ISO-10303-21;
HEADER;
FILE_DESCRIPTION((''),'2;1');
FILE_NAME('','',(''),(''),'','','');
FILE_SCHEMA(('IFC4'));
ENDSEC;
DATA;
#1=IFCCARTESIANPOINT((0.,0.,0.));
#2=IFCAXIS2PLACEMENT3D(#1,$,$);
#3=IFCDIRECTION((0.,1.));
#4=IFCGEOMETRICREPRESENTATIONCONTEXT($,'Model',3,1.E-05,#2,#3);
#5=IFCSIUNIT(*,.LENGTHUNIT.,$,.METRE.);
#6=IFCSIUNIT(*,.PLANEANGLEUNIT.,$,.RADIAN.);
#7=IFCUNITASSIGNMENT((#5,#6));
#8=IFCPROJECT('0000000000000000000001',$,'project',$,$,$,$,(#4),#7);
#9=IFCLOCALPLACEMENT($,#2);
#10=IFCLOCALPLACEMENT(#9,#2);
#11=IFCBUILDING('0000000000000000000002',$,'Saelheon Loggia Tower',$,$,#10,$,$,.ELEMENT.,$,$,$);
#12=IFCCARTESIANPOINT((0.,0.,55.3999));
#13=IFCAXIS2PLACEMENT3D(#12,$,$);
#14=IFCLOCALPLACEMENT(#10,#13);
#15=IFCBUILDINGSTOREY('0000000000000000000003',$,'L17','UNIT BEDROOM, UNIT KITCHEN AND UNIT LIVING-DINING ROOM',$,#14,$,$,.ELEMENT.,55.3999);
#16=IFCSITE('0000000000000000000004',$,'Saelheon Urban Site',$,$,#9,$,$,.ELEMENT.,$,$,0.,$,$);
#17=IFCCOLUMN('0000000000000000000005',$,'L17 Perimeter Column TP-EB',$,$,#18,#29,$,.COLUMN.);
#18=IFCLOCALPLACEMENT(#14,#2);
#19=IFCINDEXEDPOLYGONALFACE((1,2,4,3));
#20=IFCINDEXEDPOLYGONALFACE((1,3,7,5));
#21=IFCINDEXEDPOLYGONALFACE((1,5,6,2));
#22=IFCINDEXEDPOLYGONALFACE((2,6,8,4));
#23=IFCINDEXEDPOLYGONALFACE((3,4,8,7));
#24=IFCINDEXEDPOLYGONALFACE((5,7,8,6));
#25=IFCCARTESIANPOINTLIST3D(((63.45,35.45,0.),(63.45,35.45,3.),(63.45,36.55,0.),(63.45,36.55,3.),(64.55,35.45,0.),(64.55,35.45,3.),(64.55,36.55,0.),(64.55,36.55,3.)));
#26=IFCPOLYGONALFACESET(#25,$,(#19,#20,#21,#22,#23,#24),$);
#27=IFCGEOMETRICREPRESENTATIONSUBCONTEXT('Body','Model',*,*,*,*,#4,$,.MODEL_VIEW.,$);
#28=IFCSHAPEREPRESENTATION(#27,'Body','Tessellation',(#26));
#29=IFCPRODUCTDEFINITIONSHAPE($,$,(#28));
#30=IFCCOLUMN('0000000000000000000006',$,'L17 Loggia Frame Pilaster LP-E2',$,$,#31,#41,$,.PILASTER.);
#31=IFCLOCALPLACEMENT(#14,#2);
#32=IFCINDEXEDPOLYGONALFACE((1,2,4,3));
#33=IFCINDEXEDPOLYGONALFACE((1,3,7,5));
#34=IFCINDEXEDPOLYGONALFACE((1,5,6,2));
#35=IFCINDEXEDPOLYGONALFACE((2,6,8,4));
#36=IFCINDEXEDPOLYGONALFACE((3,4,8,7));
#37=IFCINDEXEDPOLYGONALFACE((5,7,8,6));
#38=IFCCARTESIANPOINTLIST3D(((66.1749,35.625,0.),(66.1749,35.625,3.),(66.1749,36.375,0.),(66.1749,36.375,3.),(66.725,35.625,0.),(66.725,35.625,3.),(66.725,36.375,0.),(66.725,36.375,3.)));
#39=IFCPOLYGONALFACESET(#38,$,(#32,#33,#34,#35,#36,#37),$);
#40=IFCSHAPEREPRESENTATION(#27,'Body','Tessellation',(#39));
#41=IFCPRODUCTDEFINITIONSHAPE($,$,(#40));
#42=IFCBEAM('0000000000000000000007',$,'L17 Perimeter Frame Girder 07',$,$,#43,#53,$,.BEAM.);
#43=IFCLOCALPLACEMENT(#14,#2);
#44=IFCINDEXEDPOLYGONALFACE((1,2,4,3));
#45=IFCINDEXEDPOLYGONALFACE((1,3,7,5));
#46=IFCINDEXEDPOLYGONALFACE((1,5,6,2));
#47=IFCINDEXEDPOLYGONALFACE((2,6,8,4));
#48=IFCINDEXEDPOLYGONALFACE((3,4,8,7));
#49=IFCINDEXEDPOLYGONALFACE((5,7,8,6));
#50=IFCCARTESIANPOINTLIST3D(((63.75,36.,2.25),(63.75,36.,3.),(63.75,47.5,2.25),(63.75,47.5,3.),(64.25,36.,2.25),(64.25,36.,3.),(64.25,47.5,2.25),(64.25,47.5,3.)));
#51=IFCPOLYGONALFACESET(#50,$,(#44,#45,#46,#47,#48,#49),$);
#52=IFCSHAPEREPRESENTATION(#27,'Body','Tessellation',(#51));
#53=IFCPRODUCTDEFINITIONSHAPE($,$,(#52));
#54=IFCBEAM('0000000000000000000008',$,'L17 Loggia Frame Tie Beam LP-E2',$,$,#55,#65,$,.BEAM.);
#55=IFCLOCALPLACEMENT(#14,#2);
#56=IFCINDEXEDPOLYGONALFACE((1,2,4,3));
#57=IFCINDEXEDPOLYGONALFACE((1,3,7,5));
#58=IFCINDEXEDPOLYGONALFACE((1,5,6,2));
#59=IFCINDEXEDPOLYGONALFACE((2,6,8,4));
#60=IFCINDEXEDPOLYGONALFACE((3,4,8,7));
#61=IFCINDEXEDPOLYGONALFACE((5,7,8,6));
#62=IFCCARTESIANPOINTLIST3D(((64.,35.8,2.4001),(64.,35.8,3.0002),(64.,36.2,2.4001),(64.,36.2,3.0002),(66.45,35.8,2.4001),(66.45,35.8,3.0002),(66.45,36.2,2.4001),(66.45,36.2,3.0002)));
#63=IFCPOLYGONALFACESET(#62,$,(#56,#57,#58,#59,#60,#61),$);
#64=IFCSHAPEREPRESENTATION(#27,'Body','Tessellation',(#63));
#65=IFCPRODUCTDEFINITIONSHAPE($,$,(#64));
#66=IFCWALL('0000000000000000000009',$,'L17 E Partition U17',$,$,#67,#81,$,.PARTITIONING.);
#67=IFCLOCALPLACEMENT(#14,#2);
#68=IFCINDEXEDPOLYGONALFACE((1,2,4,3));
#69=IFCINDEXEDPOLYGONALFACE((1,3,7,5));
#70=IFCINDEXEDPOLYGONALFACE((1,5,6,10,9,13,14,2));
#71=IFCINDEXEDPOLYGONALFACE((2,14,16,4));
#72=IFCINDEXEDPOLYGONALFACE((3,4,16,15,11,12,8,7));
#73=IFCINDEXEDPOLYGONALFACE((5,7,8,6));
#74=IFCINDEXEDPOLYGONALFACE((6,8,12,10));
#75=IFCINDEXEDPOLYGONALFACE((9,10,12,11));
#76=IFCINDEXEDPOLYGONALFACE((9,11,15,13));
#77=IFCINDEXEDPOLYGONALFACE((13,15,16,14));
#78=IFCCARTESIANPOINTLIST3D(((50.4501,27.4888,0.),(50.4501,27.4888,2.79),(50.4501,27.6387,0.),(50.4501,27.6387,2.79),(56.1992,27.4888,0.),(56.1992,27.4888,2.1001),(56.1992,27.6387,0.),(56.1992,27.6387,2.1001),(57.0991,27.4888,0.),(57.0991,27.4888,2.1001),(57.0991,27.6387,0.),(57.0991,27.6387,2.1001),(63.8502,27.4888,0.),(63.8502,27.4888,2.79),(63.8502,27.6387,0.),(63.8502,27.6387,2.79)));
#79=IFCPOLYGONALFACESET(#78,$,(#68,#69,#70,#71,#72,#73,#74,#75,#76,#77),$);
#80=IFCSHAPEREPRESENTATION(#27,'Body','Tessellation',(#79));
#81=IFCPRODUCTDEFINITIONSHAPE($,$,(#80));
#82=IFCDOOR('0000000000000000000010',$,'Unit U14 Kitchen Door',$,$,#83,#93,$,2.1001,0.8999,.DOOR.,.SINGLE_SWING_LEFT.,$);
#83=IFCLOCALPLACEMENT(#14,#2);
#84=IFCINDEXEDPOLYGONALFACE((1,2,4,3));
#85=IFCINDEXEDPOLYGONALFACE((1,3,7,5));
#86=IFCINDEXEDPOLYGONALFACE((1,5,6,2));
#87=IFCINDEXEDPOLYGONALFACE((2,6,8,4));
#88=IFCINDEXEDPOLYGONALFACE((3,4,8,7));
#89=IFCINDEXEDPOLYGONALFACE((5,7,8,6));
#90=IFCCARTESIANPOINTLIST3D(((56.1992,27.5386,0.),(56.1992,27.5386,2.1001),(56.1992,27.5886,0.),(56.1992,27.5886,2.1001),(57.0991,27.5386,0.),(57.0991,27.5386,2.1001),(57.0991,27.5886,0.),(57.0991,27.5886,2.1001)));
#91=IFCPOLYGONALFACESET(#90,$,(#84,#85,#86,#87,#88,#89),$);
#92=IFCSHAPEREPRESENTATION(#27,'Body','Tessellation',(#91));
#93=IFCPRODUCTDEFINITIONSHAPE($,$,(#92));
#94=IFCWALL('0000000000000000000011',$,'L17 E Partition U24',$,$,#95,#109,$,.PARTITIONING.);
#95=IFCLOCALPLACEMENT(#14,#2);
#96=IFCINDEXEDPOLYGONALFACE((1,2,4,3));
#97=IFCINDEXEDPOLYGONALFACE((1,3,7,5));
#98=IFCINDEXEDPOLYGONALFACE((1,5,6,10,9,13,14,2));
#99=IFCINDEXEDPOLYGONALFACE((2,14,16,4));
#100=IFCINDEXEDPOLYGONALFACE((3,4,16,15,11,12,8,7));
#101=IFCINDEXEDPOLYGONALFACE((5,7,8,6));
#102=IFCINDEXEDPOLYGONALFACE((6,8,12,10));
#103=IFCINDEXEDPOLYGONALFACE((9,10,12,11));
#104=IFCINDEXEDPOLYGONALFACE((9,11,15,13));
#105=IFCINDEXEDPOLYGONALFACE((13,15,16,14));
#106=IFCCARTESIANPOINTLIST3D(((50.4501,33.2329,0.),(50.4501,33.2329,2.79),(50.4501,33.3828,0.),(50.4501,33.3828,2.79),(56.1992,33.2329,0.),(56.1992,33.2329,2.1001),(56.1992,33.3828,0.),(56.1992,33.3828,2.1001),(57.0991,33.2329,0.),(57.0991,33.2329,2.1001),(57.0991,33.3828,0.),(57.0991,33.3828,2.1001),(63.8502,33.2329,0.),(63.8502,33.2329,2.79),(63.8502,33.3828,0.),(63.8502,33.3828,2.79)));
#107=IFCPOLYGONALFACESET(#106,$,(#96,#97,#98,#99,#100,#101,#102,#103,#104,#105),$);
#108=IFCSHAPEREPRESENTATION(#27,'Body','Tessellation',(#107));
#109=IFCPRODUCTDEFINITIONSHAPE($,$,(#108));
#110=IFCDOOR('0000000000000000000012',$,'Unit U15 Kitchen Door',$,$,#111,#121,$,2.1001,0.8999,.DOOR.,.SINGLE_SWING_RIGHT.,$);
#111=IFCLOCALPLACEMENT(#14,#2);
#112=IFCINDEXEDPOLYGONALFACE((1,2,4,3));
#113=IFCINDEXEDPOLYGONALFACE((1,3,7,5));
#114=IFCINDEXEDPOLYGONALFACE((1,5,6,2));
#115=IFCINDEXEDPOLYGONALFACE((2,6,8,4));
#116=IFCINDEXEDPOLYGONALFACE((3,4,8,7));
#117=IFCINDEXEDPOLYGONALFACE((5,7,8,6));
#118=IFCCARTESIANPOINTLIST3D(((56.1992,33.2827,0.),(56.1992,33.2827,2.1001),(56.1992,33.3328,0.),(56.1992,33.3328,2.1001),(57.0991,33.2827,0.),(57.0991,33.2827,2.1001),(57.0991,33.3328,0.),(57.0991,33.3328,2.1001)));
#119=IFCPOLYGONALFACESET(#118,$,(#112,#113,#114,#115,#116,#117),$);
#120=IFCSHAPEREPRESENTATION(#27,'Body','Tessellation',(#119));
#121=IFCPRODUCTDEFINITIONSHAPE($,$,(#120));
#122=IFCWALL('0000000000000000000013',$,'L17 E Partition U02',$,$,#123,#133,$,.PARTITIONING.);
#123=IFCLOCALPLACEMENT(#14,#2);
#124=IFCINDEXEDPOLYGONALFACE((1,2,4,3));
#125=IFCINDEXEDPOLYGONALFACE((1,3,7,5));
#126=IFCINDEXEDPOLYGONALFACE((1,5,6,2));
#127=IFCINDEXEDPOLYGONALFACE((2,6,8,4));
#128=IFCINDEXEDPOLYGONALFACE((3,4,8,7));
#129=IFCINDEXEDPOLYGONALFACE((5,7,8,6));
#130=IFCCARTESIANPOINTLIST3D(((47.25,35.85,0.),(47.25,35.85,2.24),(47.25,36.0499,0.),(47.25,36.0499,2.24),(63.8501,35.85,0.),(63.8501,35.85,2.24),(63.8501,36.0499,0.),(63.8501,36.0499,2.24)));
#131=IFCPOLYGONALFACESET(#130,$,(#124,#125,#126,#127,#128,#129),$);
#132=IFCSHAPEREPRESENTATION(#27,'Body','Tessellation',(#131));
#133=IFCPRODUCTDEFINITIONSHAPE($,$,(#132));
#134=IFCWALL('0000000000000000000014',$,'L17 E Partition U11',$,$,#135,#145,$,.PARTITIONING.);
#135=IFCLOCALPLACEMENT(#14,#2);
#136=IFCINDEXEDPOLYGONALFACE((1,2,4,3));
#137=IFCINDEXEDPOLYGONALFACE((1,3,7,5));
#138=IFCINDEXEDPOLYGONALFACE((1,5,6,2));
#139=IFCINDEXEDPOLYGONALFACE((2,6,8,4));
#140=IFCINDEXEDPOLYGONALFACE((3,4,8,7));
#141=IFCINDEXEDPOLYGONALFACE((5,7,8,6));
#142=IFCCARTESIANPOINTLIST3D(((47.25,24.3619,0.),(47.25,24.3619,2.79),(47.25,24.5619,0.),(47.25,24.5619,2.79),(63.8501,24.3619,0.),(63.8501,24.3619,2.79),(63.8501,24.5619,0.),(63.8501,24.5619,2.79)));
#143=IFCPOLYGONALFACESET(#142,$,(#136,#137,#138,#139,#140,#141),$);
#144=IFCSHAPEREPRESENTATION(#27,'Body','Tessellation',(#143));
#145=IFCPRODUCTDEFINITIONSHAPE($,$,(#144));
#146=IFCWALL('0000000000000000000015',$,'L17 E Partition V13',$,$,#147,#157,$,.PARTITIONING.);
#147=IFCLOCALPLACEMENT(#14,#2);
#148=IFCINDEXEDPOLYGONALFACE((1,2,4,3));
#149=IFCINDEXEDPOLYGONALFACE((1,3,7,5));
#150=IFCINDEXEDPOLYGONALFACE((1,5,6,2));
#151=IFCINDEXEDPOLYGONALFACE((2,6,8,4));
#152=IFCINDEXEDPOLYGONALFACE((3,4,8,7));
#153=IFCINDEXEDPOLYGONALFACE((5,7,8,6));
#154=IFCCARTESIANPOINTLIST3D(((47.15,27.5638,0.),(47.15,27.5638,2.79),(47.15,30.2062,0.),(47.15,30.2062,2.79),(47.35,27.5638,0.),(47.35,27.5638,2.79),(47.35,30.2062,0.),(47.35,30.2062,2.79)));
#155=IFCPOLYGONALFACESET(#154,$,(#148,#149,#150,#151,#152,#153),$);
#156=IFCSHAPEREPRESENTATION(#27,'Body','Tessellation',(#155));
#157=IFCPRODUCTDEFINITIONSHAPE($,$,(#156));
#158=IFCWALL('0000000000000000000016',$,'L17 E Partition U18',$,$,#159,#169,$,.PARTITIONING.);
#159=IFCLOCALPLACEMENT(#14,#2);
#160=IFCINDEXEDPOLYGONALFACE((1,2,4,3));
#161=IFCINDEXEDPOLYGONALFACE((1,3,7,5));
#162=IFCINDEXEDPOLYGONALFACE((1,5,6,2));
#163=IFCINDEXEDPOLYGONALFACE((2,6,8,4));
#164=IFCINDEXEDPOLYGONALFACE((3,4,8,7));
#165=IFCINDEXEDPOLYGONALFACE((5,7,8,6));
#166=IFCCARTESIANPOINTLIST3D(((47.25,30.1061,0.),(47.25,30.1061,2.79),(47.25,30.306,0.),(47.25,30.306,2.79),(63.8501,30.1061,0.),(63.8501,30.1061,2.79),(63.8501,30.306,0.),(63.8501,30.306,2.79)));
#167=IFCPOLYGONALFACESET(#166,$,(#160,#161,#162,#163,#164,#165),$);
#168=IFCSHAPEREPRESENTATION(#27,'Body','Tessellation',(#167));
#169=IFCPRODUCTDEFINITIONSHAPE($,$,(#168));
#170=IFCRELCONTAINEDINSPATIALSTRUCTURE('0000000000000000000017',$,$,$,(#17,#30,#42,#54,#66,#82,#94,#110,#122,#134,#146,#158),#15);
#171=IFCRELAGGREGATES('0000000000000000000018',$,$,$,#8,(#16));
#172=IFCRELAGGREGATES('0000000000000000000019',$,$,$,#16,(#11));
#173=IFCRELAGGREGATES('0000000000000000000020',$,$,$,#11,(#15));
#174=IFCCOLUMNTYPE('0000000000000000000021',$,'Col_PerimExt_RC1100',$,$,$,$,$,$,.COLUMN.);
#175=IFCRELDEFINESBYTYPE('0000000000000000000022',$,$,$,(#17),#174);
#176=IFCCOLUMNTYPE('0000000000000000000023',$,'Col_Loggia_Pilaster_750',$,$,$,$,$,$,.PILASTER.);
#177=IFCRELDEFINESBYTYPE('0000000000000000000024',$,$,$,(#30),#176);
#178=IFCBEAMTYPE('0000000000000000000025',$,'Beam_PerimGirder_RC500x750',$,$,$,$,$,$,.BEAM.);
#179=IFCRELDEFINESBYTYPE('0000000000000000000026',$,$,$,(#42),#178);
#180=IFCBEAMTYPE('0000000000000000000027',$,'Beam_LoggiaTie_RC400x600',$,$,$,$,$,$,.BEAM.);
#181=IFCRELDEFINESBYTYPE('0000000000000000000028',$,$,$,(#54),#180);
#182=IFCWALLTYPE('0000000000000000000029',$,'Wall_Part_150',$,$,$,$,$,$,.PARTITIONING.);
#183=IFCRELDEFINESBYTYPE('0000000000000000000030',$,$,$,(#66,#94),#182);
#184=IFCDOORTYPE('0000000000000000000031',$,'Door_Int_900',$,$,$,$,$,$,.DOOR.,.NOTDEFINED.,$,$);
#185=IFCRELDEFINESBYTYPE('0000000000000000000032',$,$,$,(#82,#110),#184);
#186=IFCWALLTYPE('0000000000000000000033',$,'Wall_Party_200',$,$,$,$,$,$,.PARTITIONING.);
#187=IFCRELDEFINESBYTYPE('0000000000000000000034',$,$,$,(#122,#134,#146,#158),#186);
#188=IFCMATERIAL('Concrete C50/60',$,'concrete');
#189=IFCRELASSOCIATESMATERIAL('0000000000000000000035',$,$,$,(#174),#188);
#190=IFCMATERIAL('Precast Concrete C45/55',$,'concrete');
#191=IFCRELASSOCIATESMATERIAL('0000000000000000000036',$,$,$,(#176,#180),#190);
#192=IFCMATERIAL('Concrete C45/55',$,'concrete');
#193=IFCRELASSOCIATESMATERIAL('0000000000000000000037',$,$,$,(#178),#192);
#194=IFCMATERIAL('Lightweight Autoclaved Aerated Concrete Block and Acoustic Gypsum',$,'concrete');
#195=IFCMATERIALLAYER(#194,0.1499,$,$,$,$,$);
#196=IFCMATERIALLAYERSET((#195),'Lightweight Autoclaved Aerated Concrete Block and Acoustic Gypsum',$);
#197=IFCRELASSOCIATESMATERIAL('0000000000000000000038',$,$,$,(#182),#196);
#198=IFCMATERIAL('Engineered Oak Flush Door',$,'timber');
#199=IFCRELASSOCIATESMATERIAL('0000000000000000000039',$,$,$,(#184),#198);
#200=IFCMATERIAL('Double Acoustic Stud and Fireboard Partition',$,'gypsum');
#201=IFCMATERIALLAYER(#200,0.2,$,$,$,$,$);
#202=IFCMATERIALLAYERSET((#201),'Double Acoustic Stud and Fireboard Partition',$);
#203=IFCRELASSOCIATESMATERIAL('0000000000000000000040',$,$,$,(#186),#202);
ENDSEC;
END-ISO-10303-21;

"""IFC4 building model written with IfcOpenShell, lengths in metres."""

from ifc_helpers import new_model, si_unit, direction, frame, frame_2d, origin, origin_2d, place, context, subcontext, project, spatial, rectangle, extrude, source, transform, mapped, material, layer, layer_set, material_profile, profile_set, type_object, element, fill, save


model = new_model("IFC4")

# Units and contexts
model_context = context("Model", 3, precision=1e-05, world=origin(), true_north=direction((0.0, 1.0)))
body_context = subcontext(model_context, "Body", "Model", "MODEL_VIEW")
ifc_project = project(units=[si_unit("LENGTHUNIT", "METRE"), si_unit("PLANEANGLEUNIT", "RADIAN")], contexts=[model_context])

# Site, building, storey
site_placement = place(None, origin())
site = spatial("IfcSite", under=ifc_project, at=site_placement, Name="Saelheon Urban Site", CompositionType="ELEMENT", RefElevation=0.0)
building_placement = place(site_placement, origin())
building = spatial("IfcBuilding", under=site, at=building_placement, Name="Saelheon Loggia Tower", CompositionType="ELEMENT")
storey_placement = place(building_placement, frame((0.0, 0.0, 55.3999)))
storey = spatial("IfcBuildingStorey", under=building, at=storey_placement, Name="L17", Description="UNIT BEDROOM, UNIT KITCHEN AND UNIT LIVING-DINING ROOM", CompositionType="ELEMENT", Elevation=55.3999)

# Columns
ifc_material_1 = material(Name="Concrete C50/60", Category="concrete")
ifc_material_profile_1 = material_profile(ifc_material_1, rectangle(XDim=1.1001, YDim=1.1001, at=origin_2d()), Name="RC-1100x1100")
ifc_profile_set_1 = profile_set([ifc_material_profile_1], Name="Concrete C50/60")
column_type_1 = type_object("IfcColumnType", Name="Col_PerimExt_RC1100", PredefinedType="COLUMN", material=ifc_profile_set_1)
shared_shape_1 = source(origin(), body_context, "Body", "SweptSolid", [
    extrude(rectangle(XDim=1.1001, YDim=1.1001, at=origin_2d()), origin(), (0.0, 0.0, 1.0), 3.0),
])
column_1_placement = place(storey_placement, frame((64.0, 36.0, 0.0), z_axis=(0.0, 0.0, 1.0), x_axis=(1.0, 0.0, 0.0)))
element("IfcColumn", 1, at=column_1_placement, inside=storey, type_object=column_type_1, Name="L17 Perimeter Column TP-EB", PredefinedType="COLUMN", context=body_context, shape_type="MappedRepresentation", body=[
    mapped(shared_shape_1, transform((0.0, 0.0, 0.0), scale=1.0)),
])
ifc_material_2 = material(Name="Precast Concrete C45/55", Category="concrete")
ifc_material_profile_2 = material_profile(ifc_material_2, rectangle(XDim=0.55, YDim=0.75, at=origin_2d()), Name="RC-550x750")
ifc_profile_set_2 = profile_set([ifc_material_profile_2], Name="Precast Concrete C45/55")
column_type_2 = type_object("IfcColumnType", Name="Col_Loggia_Pilaster_750", PredefinedType="PILASTER", material=ifc_profile_set_2)
shared_shape_2 = source(origin(), body_context, "Body", "SweptSolid", [
    extrude(rectangle(XDim=0.55, YDim=0.75, at=origin_2d()), origin(), (0.0, 0.0, 1.0), 3.0),
])
column_2_placement = place(storey_placement, frame((66.45, 36.0, 0.0), z_axis=(0.0, 0.0, 1.0), x_axis=(1.0, 0.0, 0.0)))
element("IfcColumn", 2, at=column_2_placement, inside=storey, type_object=column_type_2, Name="L17 Loggia Frame Pilaster LP-E2", PredefinedType="PILASTER", context=body_context, shape_type="MappedRepresentation", body=[
    mapped(shared_shape_2, transform((0.0, 0.0, 0.0), scale=1.0)),
])

# Beams
ifc_material_3 = material(Name="Concrete C45/55", Category="concrete")
ifc_material_profile_3 = material_profile(ifc_material_3, rectangle(XDim=0.5, YDim=0.75, at=origin_2d()), Name="RC-500x750")
ifc_profile_set_3 = profile_set([ifc_material_profile_3], Name="Concrete C45/55")
beam_type_1 = type_object("IfcBeamType", Name="Beam_PerimGirder_RC500x750", PredefinedType="BEAM", material=ifc_profile_set_3)
shared_shape_3 = source(origin(), body_context, "Body", "SweptSolid", [
    extrude(rectangle(XDim=0.5, YDim=0.75, at=origin_2d()), origin(), (0.0, 0.0, 1.0), 11.5),
])
beam_1_placement = place(storey_placement, frame((64.0, 36.0, 2.625), z_axis=(0.0, 1.0, 0.0), x_axis=(-1.0, 0.0, 0.0)))
element("IfcBeam", 3, at=beam_1_placement, inside=storey, type_object=beam_type_1, Name="L17 Perimeter Frame Girder 07", PredefinedType="BEAM", context=body_context, shape_type="MappedRepresentation", body=[
    mapped(shared_shape_3, transform((0.0, 0.0, 0.0), scale=1.0)),
])
ifc_material_profile_4 = material_profile(ifc_material_2, rectangle(XDim=0.3999, YDim=0.6001, at=origin_2d()), Name="RC-400x600")
ifc_profile_set_4 = profile_set([ifc_material_profile_4], Name="Precast Concrete C45/55")
beam_type_2 = type_object("IfcBeamType", Name="Beam_LoggiaTie_RC400x600", PredefinedType="BEAM", material=ifc_profile_set_4)
shared_shape_4 = source(origin(), body_context, "Body", "SweptSolid", [
    extrude(rectangle(XDim=0.3999, YDim=0.6001, at=origin_2d()), origin(), (0.0, 0.0, 1.0), 2.45),
])
beam_2_placement = place(storey_placement, frame((64.0, 36.0, 2.7002), z_axis=(1.0, 0.0, 0.0), x_axis=(0.0, 1.0, 0.0)))
element("IfcBeam", 4, at=beam_2_placement, inside=storey, type_object=beam_type_2, Name="L17 Loggia Frame Tie Beam LP-E2", PredefinedType="BEAM", context=body_context, shape_type="MappedRepresentation", body=[
    mapped(shared_shape_4, transform((0.0, 0.0, 0.0), scale=1.0)),
])

# Walls, openings, doors
ifc_material_4 = material(Name="Lightweight Autoclaved Aerated Concrete Block and Acoustic Gypsum", Category="concrete")
ifc_layer_1 = layer(ifc_material_4, 0.1499)
ifc_layer_set_1 = layer_set([ifc_layer_1], Name="Lightweight Autoclaved Aerated Concrete Block and Acoustic Gypsum")
wall_type_1 = type_object("IfcWallType", Name="Wall_Part_150", PredefinedType="PARTITIONING", material=ifc_layer_set_1)
wall_1_placement = place(storey_placement, frame((50.45, 27.5637, 0.0), z_axis=(0.0, 0.0, 1.0), x_axis=(1.0, 0.0, 0.0)))
wall_1 = element("IfcWall", 5, at=wall_1_placement, inside=storey, type_object=wall_type_1, Name="L17 E Partition U17", PredefinedType="PARTITIONING", context=body_context, shape_type="SweptSolid", body=[
    extrude(rectangle(XDim=13.4001, YDim=0.1499, at=frame_2d((6.7002, 0.0))), origin(), (0.0, 0.0, 1.0), 2.79),
])
opening_1_placement = place(wall_1_placement, frame((5.7493, 0.0, 0.0)))
opening_1 = element("IfcOpeningElement", 6, at=opening_1_placement, cuts=wall_1, PredefinedType="OPENING", context=body_context, shape_type="SweptSolid", body=[
    extrude(rectangle(XDim=0.8999, YDim=2.1001, at=frame_2d((0.45, 1.05))), frame((0.0, 0.0869, 0.0), z_axis=(0.0, -1.0, 0.0), x_axis=(1.0, 0.0, 0.0)), (0.0, 0.0, 1.0), 0.1738),
])
ifc_material_5 = material(Name="Engineered Oak Flush Door", Category="timber")
door_type_1 = type_object("IfcDoorType", Name="Door_Int_900", OperationType="NOTDEFINED", PredefinedType="DOOR", material=ifc_material_5)
shared_shape_5 = source(origin(), body_context, "Body", "SweptSolid", [
    extrude(rectangle(XDim=0.8999, YDim=2.1001, at=frame_2d((0.45, 1.05))), frame((0.0, 0.0249, 0.0), z_axis=(0.0, -1.0, 0.0), x_axis=(1.0, 0.0, 0.0)), (0.0, 0.0, 1.0), 0.05),
])
door_1_placement = place(opening_1_placement, origin())
door_1 = element("IfcDoor", 7, at=door_1_placement, inside=storey, type_object=door_type_1, Name="Unit U14 Kitchen Door", OperationType="SINGLE_SWING_LEFT", OverallHeight=2.1001, OverallWidth=0.8999, PredefinedType="DOOR", context=body_context, shape_type="MappedRepresentation", body=[
    mapped(shared_shape_5, transform((0.0, 0.0, 0.0), scale=1.0)),
])
fill(opening_1, door_1)
wall_2_placement = place(storey_placement, frame((50.45, 33.3079, 0.0), z_axis=(0.0, 0.0, 1.0), x_axis=(1.0, 0.0, 0.0)))
wall_2 = element("IfcWall", 8, at=wall_2_placement, inside=storey, type_object=wall_type_1, Name="L17 E Partition U24", PredefinedType="PARTITIONING", context=body_context, shape_type="SweptSolid", body=[
    extrude(rectangle(XDim=13.4001, YDim=0.1499, at=frame_2d((6.7002, 0.0))), origin(), (0.0, 0.0, 1.0), 2.79),
])
opening_2_placement = place(wall_2_placement, frame((5.7493, 0.0, 0.0)))
opening_2 = element("IfcOpeningElement", 9, at=opening_2_placement, cuts=wall_2, PredefinedType="OPENING", context=body_context, shape_type="SweptSolid", body=[
    extrude(rectangle(XDim=0.8999, YDim=2.1001, at=frame_2d((0.45, 1.05))), frame((0.0, 0.0869, 0.0), z_axis=(0.0, -1.0, 0.0), x_axis=(1.0, 0.0, 0.0)), (0.0, 0.0, 1.0), 0.1738),
])
door_2_placement = place(opening_2_placement, origin())
door_2 = element("IfcDoor", 10, at=door_2_placement, inside=storey, type_object=door_type_1, Name="Unit U15 Kitchen Door", OperationType="SINGLE_SWING_RIGHT", OverallHeight=2.1001, OverallWidth=0.8999, PredefinedType="DOOR", context=body_context, shape_type="MappedRepresentation", body=[
    mapped(shared_shape_5, transform((0.0, 0.0, 0.0), scale=1.0)),
])
fill(opening_2, door_2)

# Walls
ifc_material_6 = material(Name="Double Acoustic Stud and Fireboard Partition", Category="gypsum")
ifc_layer_2 = layer(ifc_material_6, 0.2)
ifc_layer_set_2 = layer_set([ifc_layer_2], Name="Double Acoustic Stud and Fireboard Partition")
wall_type_2 = type_object("IfcWallType", Name="Wall_Party_200", PredefinedType="PARTITIONING", material=ifc_layer_set_2)
wall_3_placement = place(storey_placement, frame((47.25, 35.95, 0.0), z_axis=(0.0, 0.0, 1.0), x_axis=(1.0, 0.0, 0.0)))
element("IfcWall", 11, at=wall_3_placement, inside=storey, type_object=wall_type_2, Name="L17 E Partition U02", PredefinedType="PARTITIONING", context=body_context, shape_type="SweptSolid", body=[
    extrude(rectangle(XDim=16.6001, YDim=0.2, at=frame_2d((8.3, 0.0))), origin(), (0.0, 0.0, 1.0), 2.24),
])
wall_4_placement = place(storey_placement, frame((47.25, 24.4619, 0.0), z_axis=(0.0, 0.0, 1.0), x_axis=(1.0, 0.0, 0.0)))
element("IfcWall", 12, at=wall_4_placement, inside=storey, type_object=wall_type_2, Name="L17 E Partition U11", PredefinedType="PARTITIONING", context=body_context, shape_type="SweptSolid", body=[
    extrude(rectangle(XDim=16.6001, YDim=0.2, at=frame_2d((8.3, 0.0))), origin(), (0.0, 0.0, 1.0), 2.79),
])

# Walls
wall_5_placement = place(storey_placement, frame((47.25, 27.5637, 0.0), z_axis=(0.0, 0.0, 1.0), x_axis=(0.0, 1.0, 0.0)))
element("IfcWall", 13, at=wall_5_placement, inside=storey, type_object=wall_type_2, Name="L17 E Partition V13", PredefinedType="PARTITIONING", context=body_context, shape_type="SweptSolid", body=[
    extrude(rectangle(XDim=2.6423, YDim=0.2, at=frame_2d((1.3213, 0.0))), origin(), (0.0, 0.0, 1.0), 2.79),
])
wall_6_placement = place(storey_placement, frame((47.25, 30.2061, 0.0), z_axis=(0.0, 0.0, 1.0), x_axis=(1.0, 0.0, 0.0)))
element("IfcWall", 14, at=wall_6_placement, inside=storey, type_object=wall_type_2, Name="L17 E Partition U18", PredefinedType="PARTITIONING", context=body_context, shape_type="SweptSolid", body=[
    extrude(rectangle(XDim=16.6001, YDim=0.2, at=frame_2d((8.3, 0.0))), origin(), (0.0, 0.0, 1.0), 2.79),
])

save(model, "model.ifc")
